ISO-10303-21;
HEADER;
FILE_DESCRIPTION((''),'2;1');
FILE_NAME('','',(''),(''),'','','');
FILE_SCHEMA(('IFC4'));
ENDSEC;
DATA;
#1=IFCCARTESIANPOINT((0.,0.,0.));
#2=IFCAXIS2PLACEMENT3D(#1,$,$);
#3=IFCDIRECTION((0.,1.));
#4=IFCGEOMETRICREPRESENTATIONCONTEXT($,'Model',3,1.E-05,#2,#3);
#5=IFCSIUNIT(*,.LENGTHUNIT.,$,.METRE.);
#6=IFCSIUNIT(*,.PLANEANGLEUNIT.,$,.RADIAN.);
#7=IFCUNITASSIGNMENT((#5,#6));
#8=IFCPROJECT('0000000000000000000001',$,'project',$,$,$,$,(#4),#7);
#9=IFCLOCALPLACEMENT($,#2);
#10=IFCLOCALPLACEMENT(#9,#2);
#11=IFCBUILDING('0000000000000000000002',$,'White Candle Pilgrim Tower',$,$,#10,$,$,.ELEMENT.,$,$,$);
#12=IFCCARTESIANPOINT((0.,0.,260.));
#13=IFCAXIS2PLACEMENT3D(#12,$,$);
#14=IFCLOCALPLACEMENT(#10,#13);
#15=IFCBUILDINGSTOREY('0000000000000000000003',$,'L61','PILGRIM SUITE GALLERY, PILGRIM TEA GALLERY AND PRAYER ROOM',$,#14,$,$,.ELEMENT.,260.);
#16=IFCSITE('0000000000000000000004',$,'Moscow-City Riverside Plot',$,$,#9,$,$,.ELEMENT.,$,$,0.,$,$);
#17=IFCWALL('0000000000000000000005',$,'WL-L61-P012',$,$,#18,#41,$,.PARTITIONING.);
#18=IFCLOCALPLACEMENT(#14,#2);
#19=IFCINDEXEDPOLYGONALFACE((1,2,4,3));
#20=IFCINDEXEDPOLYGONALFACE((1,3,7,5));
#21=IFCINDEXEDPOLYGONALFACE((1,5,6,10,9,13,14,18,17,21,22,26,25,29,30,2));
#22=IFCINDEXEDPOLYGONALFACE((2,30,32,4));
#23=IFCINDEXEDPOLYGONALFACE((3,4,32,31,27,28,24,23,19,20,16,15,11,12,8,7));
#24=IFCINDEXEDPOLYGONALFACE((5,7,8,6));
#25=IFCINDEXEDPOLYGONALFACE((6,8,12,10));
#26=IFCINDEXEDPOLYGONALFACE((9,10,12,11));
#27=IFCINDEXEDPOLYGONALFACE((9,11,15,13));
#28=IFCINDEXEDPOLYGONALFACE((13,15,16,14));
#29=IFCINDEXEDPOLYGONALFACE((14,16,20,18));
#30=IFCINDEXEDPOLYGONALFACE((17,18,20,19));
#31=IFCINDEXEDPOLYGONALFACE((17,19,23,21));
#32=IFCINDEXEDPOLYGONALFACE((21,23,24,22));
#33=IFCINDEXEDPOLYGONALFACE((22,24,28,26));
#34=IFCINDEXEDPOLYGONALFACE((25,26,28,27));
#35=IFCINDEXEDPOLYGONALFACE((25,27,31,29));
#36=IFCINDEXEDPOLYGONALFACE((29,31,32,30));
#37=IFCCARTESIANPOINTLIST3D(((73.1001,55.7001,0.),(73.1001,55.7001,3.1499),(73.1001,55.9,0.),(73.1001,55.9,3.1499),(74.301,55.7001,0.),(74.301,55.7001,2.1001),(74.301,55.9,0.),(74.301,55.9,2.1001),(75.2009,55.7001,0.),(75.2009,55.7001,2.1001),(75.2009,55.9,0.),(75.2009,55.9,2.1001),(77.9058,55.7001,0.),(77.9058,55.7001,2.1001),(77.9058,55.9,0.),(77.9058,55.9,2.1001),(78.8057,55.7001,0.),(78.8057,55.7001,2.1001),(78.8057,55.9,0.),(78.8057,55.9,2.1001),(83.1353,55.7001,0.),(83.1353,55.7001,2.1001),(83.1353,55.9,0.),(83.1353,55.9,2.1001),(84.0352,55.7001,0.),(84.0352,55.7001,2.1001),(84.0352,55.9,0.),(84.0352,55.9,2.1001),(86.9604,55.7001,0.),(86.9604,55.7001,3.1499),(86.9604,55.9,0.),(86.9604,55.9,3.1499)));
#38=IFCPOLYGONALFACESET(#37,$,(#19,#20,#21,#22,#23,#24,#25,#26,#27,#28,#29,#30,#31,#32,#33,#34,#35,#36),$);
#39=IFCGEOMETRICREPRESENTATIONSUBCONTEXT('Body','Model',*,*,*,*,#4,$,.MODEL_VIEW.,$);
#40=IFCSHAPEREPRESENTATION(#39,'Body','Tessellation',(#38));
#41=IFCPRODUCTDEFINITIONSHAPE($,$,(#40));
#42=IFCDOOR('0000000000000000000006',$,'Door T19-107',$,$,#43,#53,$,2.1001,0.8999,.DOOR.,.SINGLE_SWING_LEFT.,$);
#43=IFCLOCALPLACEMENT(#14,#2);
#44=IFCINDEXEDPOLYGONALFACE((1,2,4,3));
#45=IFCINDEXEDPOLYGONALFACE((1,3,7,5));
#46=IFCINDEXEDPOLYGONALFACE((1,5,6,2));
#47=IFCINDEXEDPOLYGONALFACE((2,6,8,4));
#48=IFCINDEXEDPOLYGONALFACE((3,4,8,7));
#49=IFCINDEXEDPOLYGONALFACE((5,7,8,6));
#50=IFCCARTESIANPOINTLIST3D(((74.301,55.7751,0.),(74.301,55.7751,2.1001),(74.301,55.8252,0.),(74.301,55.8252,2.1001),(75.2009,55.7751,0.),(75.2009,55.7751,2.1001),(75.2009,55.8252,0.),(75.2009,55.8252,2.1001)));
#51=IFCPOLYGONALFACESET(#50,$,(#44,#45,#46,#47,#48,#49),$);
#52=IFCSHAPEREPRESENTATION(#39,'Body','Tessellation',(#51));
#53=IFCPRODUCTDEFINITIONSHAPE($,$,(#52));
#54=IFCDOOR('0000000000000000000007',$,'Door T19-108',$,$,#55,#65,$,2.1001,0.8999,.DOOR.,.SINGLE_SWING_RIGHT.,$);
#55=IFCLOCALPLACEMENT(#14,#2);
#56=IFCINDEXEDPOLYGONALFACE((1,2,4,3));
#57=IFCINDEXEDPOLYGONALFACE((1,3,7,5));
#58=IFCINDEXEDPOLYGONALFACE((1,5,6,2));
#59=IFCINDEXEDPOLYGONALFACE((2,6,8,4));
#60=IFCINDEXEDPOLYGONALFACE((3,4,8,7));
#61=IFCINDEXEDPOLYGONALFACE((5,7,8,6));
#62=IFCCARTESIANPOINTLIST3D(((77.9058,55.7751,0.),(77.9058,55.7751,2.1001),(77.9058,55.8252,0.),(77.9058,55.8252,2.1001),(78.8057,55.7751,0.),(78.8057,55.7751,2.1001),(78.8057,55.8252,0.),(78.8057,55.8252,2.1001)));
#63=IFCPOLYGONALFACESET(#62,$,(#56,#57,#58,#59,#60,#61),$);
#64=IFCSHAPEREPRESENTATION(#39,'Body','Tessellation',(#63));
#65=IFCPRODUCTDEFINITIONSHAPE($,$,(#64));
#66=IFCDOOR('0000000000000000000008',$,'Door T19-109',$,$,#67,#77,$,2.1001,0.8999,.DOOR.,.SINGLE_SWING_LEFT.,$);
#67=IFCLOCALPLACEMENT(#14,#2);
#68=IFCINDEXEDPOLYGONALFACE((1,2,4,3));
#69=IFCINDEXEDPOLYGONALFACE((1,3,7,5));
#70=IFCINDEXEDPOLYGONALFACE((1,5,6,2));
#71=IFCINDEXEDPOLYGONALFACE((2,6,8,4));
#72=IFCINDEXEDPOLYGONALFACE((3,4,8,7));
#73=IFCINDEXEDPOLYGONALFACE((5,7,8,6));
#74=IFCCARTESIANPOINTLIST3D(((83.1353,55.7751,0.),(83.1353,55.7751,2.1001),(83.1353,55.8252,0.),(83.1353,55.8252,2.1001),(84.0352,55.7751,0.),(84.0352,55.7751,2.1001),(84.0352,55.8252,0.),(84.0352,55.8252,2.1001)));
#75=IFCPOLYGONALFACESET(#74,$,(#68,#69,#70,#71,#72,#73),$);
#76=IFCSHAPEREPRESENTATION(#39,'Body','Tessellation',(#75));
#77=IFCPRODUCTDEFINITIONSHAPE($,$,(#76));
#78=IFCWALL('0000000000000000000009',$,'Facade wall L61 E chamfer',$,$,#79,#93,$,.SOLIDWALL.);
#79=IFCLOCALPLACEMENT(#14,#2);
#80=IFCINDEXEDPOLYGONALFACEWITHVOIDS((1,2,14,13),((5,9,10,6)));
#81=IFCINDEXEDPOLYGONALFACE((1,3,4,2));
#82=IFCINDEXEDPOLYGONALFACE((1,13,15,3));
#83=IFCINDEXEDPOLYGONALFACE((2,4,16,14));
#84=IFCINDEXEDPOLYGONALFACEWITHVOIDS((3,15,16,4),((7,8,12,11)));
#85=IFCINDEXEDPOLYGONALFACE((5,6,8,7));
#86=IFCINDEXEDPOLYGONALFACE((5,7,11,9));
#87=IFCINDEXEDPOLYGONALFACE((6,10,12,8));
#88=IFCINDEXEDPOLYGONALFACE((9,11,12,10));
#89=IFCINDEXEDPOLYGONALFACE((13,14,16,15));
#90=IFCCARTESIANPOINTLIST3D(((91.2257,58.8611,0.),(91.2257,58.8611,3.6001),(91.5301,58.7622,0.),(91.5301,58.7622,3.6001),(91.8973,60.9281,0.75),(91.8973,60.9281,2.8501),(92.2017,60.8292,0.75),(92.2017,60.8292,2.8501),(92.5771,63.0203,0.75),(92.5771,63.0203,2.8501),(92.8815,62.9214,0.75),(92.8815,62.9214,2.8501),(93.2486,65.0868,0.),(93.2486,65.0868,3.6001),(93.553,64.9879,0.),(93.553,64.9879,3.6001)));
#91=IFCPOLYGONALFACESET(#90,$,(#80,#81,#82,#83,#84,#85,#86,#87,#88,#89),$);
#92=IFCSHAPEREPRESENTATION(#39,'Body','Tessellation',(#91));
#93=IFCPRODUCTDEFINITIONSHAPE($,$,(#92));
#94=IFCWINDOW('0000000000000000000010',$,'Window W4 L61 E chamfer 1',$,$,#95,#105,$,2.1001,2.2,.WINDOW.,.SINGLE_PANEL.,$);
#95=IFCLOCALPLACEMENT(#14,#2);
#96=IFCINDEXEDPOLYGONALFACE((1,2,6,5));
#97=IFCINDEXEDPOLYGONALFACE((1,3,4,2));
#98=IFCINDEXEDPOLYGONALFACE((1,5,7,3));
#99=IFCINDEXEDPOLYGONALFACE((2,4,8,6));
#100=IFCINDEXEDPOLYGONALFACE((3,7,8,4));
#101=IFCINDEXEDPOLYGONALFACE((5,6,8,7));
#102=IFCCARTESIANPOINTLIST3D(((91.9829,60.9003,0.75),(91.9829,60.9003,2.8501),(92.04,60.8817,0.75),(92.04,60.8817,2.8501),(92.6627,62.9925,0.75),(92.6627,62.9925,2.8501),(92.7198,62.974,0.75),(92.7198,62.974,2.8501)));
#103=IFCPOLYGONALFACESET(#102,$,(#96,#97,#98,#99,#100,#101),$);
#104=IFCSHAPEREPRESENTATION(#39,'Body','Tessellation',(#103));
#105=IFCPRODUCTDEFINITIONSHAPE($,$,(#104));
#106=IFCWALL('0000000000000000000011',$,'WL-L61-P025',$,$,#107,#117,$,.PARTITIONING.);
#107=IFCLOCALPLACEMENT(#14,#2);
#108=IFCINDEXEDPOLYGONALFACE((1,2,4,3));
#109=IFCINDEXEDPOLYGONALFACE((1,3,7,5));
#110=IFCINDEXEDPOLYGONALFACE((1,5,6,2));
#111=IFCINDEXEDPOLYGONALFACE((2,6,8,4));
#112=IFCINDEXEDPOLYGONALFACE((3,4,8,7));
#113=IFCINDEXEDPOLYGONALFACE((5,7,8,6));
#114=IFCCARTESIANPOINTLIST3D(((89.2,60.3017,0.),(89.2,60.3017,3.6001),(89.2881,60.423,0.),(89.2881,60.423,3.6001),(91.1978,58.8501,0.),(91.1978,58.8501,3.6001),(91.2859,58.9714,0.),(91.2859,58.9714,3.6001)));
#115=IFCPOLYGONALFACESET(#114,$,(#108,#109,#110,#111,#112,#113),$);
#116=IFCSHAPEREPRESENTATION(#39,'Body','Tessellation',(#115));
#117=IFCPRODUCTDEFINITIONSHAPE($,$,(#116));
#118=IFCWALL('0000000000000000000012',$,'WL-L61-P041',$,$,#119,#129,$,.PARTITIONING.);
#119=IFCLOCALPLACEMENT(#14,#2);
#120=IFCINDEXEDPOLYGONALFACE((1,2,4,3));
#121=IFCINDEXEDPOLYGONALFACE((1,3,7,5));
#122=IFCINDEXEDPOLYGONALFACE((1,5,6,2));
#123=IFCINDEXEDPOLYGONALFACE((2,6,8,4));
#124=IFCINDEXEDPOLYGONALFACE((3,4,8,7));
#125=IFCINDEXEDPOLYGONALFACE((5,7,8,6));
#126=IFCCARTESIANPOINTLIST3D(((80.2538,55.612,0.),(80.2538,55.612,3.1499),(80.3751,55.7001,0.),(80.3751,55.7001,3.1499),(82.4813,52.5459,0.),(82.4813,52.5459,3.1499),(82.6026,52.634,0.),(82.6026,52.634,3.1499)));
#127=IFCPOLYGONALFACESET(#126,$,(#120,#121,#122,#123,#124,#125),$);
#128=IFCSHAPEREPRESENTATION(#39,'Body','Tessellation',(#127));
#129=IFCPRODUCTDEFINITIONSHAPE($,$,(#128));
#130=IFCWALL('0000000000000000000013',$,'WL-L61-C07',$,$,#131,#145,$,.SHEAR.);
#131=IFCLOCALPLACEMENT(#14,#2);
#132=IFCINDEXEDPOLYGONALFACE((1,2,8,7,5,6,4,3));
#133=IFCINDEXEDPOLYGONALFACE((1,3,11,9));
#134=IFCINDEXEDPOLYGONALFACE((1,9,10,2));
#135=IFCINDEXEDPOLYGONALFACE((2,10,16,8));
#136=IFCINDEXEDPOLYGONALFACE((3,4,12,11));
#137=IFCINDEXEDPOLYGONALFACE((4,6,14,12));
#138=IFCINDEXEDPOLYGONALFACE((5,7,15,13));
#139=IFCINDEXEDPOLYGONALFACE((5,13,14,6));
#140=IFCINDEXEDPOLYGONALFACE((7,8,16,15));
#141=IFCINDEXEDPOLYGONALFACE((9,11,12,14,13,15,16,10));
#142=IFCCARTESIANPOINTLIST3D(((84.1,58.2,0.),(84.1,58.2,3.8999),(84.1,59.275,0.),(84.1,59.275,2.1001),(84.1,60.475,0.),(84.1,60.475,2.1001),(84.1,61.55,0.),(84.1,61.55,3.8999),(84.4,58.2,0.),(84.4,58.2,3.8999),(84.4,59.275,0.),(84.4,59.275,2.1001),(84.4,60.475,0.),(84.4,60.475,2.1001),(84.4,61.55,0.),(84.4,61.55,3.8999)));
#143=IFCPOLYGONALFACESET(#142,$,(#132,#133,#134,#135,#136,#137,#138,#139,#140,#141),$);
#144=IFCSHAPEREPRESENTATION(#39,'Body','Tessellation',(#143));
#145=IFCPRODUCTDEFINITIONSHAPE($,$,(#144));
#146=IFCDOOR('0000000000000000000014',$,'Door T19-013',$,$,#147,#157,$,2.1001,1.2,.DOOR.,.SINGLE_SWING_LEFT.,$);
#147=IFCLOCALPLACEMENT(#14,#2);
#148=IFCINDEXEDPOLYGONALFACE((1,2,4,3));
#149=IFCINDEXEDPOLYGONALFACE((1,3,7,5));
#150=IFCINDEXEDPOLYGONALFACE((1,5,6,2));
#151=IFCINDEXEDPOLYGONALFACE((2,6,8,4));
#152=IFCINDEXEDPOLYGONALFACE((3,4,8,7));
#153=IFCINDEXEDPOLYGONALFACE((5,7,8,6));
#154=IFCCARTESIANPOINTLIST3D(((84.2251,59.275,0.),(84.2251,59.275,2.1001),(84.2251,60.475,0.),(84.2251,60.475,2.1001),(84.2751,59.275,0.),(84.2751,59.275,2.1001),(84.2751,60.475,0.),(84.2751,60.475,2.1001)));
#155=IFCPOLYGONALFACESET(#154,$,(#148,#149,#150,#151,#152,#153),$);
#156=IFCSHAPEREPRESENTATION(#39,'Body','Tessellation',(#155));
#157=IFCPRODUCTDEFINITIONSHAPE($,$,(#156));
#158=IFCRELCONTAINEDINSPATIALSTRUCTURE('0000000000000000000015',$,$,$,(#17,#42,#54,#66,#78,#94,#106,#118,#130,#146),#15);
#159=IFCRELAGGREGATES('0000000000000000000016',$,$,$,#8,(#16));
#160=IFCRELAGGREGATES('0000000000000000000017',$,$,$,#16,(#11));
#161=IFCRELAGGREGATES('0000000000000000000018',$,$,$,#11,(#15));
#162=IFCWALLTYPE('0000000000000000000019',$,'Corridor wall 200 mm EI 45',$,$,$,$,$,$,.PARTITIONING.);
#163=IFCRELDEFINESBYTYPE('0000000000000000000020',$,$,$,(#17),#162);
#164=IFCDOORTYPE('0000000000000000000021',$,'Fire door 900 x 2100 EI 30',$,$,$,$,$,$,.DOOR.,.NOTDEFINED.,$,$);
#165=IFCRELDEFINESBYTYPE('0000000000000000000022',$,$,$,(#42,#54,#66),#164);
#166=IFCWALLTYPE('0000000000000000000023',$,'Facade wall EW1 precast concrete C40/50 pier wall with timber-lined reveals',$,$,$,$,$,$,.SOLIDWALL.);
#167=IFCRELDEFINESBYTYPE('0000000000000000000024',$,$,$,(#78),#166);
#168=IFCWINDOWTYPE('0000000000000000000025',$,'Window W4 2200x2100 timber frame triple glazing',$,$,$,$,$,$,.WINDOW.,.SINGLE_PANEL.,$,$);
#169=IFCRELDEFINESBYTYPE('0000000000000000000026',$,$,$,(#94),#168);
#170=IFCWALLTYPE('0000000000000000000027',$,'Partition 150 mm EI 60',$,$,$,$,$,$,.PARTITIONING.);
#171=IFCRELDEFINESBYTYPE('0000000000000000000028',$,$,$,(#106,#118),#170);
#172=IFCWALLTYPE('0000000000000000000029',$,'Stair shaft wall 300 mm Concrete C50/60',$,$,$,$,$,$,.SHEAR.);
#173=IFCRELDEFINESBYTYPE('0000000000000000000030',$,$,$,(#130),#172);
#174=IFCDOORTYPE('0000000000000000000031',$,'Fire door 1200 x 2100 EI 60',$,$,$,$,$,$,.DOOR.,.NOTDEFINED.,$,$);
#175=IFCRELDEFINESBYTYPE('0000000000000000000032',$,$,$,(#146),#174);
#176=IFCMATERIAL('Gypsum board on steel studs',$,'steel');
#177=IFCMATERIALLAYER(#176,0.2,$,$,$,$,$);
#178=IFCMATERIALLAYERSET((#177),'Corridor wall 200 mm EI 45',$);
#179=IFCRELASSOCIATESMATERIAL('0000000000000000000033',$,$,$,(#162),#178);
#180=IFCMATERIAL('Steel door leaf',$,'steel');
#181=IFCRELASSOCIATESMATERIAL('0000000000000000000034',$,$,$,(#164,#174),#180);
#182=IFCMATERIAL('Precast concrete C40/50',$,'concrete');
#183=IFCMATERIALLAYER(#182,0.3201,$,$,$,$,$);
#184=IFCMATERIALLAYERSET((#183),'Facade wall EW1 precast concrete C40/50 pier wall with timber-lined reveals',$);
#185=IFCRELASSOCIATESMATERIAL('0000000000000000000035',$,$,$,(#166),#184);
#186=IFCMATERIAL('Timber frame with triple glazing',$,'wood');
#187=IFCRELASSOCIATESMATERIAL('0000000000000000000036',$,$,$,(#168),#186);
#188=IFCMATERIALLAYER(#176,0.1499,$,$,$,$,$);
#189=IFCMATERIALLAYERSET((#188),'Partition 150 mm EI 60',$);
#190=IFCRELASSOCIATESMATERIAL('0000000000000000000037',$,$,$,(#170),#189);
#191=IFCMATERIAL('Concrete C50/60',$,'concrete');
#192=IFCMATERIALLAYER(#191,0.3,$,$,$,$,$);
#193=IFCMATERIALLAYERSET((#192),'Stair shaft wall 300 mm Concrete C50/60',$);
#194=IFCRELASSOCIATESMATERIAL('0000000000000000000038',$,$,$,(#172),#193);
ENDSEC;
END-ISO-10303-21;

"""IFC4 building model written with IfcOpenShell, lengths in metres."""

from ifc_helpers import new_model, si_unit, direction, frame, frame_2d, origin, place, context, subcontext, project, spatial, rectangle, extrude, material, layer, layer_set, type_object, element, fill, save


model = new_model("IFC4")

# Units and contexts
model_context = context("Model", 3, precision=1e-05, world=origin(), true_north=direction((0.0, 1.0)))
body_context = subcontext(model_context, "Body", "Model", "MODEL_VIEW")
ifc_project = project(units=[si_unit("LENGTHUNIT", "METRE"), si_unit("PLANEANGLEUNIT", "RADIAN")], contexts=[model_context])

# Site, building, storey
site_placement = place(None, origin())
site = spatial("IfcSite", under=ifc_project, at=site_placement, Name="Moscow-City Riverside Plot", CompositionType="ELEMENT", RefElevation=0.0)
building_placement = place(site_placement, origin())
building = spatial("IfcBuilding", under=site, at=building_placement, Name="White Candle Pilgrim Tower", CompositionType="ELEMENT")
storey_placement = place(building_placement, frame((0.0, 0.0, 260.0)))
storey = spatial("IfcBuildingStorey", under=building, at=storey_placement, Name="L61", Description="PILGRIM SUITE GALLERY, PILGRIM TEA GALLERY AND PRAYER ROOM", CompositionType="ELEMENT", Elevation=260.0)

# Shared definitions
ifc_material_1 = material(Name="Concrete C50/60", Category="concrete")

# Wall, openings, doors
ifc_material_2 = material(Name="Gypsum board on steel studs", Category="steel")
ifc_layer_1 = layer(ifc_material_2, 0.2)
ifc_layer_set_1 = layer_set([ifc_layer_1], Name="Corridor wall 200 mm EI 45")
wall_type_1 = type_object("IfcWallType", Name="Corridor wall 200 mm EI 45", PredefinedType="PARTITIONING", material=ifc_layer_set_1)
wall_1_placement = place(storey_placement, frame((86.9604, 55.8, 0.0), z_axis=(0.0, 0.0, 1.0), x_axis=(-1.0, 0.0, 0.0)))
wall_1 = element("IfcWall", 1, at=wall_1_placement, inside=storey, type_object=wall_type_1, Name="WL-L61-P012", PredefinedType="PARTITIONING", context=body_context, shape_type="SweptSolid", body=[
    extrude(rectangle(XDim=13.8604, YDim=0.2, at=frame_2d((6.9302, 0.0))), origin(), (0.0, 0.0, 1.0), 3.1499),
])
opening_1_placement = place(wall_1_placement, frame((11.7595, 0.0, 0.0)))
opening_1 = element("IfcOpeningElement", 2, at=opening_1_placement, cuts=wall_1, PredefinedType="OPENING", context=body_context, shape_type="SweptSolid", body=[
    extrude(rectangle(XDim=0.8999, YDim=2.1001, at=frame_2d((0.45, 1.05))), frame((0.0, 0.1099, 0.0), z_axis=(0.0, -1.0, 0.0), x_axis=(1.0, 0.0, 0.0)), (0.0, 0.0, 1.0), 0.22),
])
opening_2_placement = place(wall_1_placement, frame((8.1548, 0.0, 0.0)))
opening_2 = element("IfcOpeningElement", 3, at=opening_2_placement, cuts=wall_1, PredefinedType="OPENING", context=body_context, shape_type="SweptSolid", body=[
    extrude(rectangle(XDim=0.8999, YDim=2.1001, at=frame_2d((0.45, 1.05))), frame((0.0, 0.1099, 0.0), z_axis=(0.0, -1.0, 0.0), x_axis=(1.0, 0.0, 0.0)), (0.0, 0.0, 1.0), 0.22),
])
opening_3_placement = place(wall_1_placement, frame((2.9253, 0.0, 0.0)))
opening_3 = element("IfcOpeningElement", 4, at=opening_3_placement, cuts=wall_1, PredefinedType="OPENING", context=body_context, shape_type="SweptSolid", body=[
    extrude(rectangle(XDim=0.8999, YDim=2.1001, at=frame_2d((0.45, 1.05))), frame((0.0, 0.1099, 0.0), z_axis=(0.0, -1.0, 0.0), x_axis=(1.0, 0.0, 0.0)), (0.0, 0.0, 1.0), 0.22),
])
ifc_material_3 = material(Name="Steel door leaf", Category="steel")
door_type_1 = type_object("IfcDoorType", Name="Fire door 900 x 2100 EI 30", OperationType="NOTDEFINED", PredefinedType="DOOR", material=ifc_material_3)
door_1_placement = place(opening_1_placement, origin())
door_1 = element("IfcDoor", 5, at=door_1_placement, inside=storey, type_object=door_type_1, Name="Door T19-107", OperationType="SINGLE_SWING_LEFT", OverallHeight=2.1001, OverallWidth=0.8999, PredefinedType="DOOR", context=body_context, shape_type="SweptSolid", body=[
    extrude(rectangle(XDim=0.8999, YDim=2.1001, at=frame_2d((0.45, 1.05))), frame((0.0, 0.0249, 0.0), z_axis=(0.0, -1.0, 0.0), x_axis=(1.0, 0.0, 0.0)), (0.0, 0.0, 1.0), 0.05),
])
fill(opening_1, door_1)
door_2_placement = place(opening_2_placement, origin())
door_2 = element("IfcDoor", 6, at=door_2_placement, inside=storey, type_object=door_type_1, Name="Door T19-108", OperationType="SINGLE_SWING_RIGHT", OverallHeight=2.1001, OverallWidth=0.8999, PredefinedType="DOOR", context=body_context, shape_type="SweptSolid", body=[
    extrude(rectangle(XDim=0.8999, YDim=2.1001, at=frame_2d((0.45, 1.05))), frame((0.0, 0.0249, 0.0), z_axis=(0.0, -1.0, 0.0), x_axis=(1.0, 0.0, 0.0)), (0.0, 0.0, 1.0), 0.05),
])
fill(opening_2, door_2)
door_3_placement = place(opening_3_placement, origin())
door_3 = element("IfcDoor", 7, at=door_3_placement, inside=storey, type_object=door_type_1, Name="Door T19-109", OperationType="SINGLE_SWING_LEFT", OverallHeight=2.1001, OverallWidth=0.8999, PredefinedType="DOOR", context=body_context, shape_type="SweptSolid", body=[
    extrude(rectangle(XDim=0.8999, YDim=2.1001, at=frame_2d((0.45, 1.05))), frame((0.0, 0.0249, 0.0), z_axis=(0.0, -1.0, 0.0), x_axis=(1.0, 0.0, 0.0)), (0.0, 0.0, 1.0), 0.05),
])
fill(opening_3, door_3)

# Wall, opening, window
ifc_material_4 = material(Name="Precast concrete C40/50", Category="concrete")
ifc_layer_2 = layer(ifc_material_4, 0.3201)
ifc_layer_set_2 = layer_set([ifc_layer_2], Name="Facade wall EW1 precast concrete C40/50 pier wall with timber-lined reveals")
wall_type_2 = type_object("IfcWallType", Name="Facade wall EW1 precast concrete C40/50 pier wall with timber-lined reveals", PredefinedType="SOLIDWALL", material=ifc_layer_set_2)
wall_2_placement = place(storey_placement, frame((91.3779, 58.8118, 0.0), z_axis=(0.0, 0.0, 1.0), x_axis=(0.309025, 0.951054, 0.0)))
wall_2 = element("IfcWall", 8, at=wall_2_placement, inside=storey, type_object=wall_type_2, Name="Facade wall L61 E chamfer", PredefinedType="SOLIDWALL", context=body_context, shape_type="SweptSolid", body=[
    extrude(rectangle(XDim=6.5461, YDim=0.3201, at=frame_2d((3.2729, 0.0))), origin(), (0.0, 0.0, 1.0), 3.6001),
])
opening_4_placement = place(wall_2_placement, frame((2.1731, 0.0, 0.75)))
opening_4 = element("IfcOpeningElement", 9, at=opening_4_placement, cuts=wall_2, PredefinedType="OPENING", context=body_context, shape_type="SweptSolid", body=[
    extrude(rectangle(XDim=2.2, YDim=2.1001, at=frame_2d((1.1001, 1.05))), frame((0.0, 0.1699, 0.0), z_axis=(0.0, -1.0, 0.0), x_axis=(1.0, 0.0, 0.0)), (0.0, 0.0, 1.0), 0.3401),
])
ifc_material_5 = material(Name="Timber frame with triple glazing", Category="wood")
window_type = type_object("IfcWindowType", Name="Window W4 2200x2100 timber frame triple glazing", PartitioningType="SINGLE_PANEL", PredefinedType="WINDOW", material=ifc_material_5)
window_placement = place(opening_4_placement, origin())
window = element("IfcWindow", 10, at=window_placement, inside=storey, type_object=window_type, Name="Window W4 L61 E chamfer 1", OverallHeight=2.1001, OverallWidth=2.2, PartitioningType="SINGLE_PANEL", PredefinedType="WINDOW", context=body_context, shape_type="SweptSolid", body=[
    extrude(rectangle(XDim=2.2, YDim=2.1001, at=frame_2d((1.1001, 1.05))), frame((0.0, 0.0701, 0.0), z_axis=(0.0, -1.0, 0.0), x_axis=(1.0, 0.0, 0.0)), (0.0, 0.0, 1.0), 0.0601),
])
fill(opening_4, window)

# Walls
ifc_layer_3 = layer(ifc_material_2, 0.1499)
ifc_layer_set_3 = layer_set([ifc_layer_3], Name="Partition 150 mm EI 60")
wall_type_3 = type_object("IfcWallType", Name="Partition 150 mm EI 60", PredefinedType="PARTITIONING", material=ifc_layer_set_3)
wall_3_placement = place(storey_placement, frame((91.2419, 58.9106, 0.0), z_axis=(0.0, 0.0, 1.0), x_axis=(-0.808984, 0.587831, 0.0)))
element("IfcWall", 11, at=wall_3_placement, inside=storey, type_object=wall_type_3, Name="WL-L61-P025", PredefinedType="PARTITIONING", context=body_context, shape_type="SweptSolid", body=[
    extrude(rectangle(XDim=2.4695, YDim=0.1499, at=frame_2d((1.2349, 0.0))), origin(), (0.0, 0.0, 1.0), 3.6001),
])
wall_4_placement = place(storey_placement, frame((82.542, 52.5898, 0.0), z_axis=(0.0, 0.0, 1.0), x_axis=(-0.587758, 0.809037, 0.0)))
element("IfcWall", 12, at=wall_4_placement, inside=storey, type_object=wall_type_3, Name="WL-L61-P041", PredefinedType="PARTITIONING", context=body_context, shape_type="SweptSolid", body=[
    extrude(rectangle(XDim=3.7898, YDim=0.1499, at=frame_2d((1.895, 0.0))), origin(), (0.0, 0.0, 1.0), 3.1499),
])

# Wall, opening, door
ifc_layer_4 = layer(ifc_material_1, 0.3)
ifc_layer_set_4 = layer_set([ifc_layer_4], Name="Stair shaft wall 300 mm Concrete C50/60")
wall_type_4 = type_object("IfcWallType", Name="Stair shaft wall 300 mm Concrete C50/60", PredefinedType="SHEAR", material=ifc_layer_set_4)
wall_5_placement = place(storey_placement, frame((84.25, 58.2, 0.0), z_axis=(0.0, 0.0, 1.0), x_axis=(0.0, 1.0, 0.0)))
wall_5 = element("IfcWall", 13, at=wall_5_placement, inside=storey, type_object=wall_type_4, Name="WL-L61-C07", PredefinedType="SHEAR", context=body_context, shape_type="SweptSolid", body=[
    extrude(rectangle(XDim=3.3501, YDim=0.3, at=frame_2d((1.675, 0.0))), origin(), (0.0, 0.0, 1.0), 3.8999),
])
opening_5_placement = place(wall_5_placement, frame((1.075, 0.0, 0.0)))
opening_5 = element("IfcOpeningElement", 14, at=opening_5_placement, cuts=wall_5, PredefinedType="OPENING", context=body_context, shape_type="SweptSolid", body=[
    extrude(rectangle(XDim=1.2, YDim=2.1001, at=frame_2d((0.6001, 1.05))), frame((0.0, 0.1599, 0.0), z_axis=(0.0, -1.0, 0.0), x_axis=(1.0, 0.0, 0.0)), (0.0, 0.0, 1.0), 0.3201),
])
door_type_2 = type_object("IfcDoorType", Name="Fire door 1200 x 2100 EI 60", OperationType="NOTDEFINED", PredefinedType="DOOR", material=ifc_material_3)
door_4_placement = place(opening_5_placement, origin())
door_4 = element("IfcDoor", 15, at=door_4_placement, inside=storey, type_object=door_type_2, Name="Door T19-013", OperationType="SINGLE_SWING_LEFT", OverallHeight=2.1001, OverallWidth=1.2, PredefinedType="DOOR", context=body_context, shape_type="SweptSolid", body=[
    extrude(rectangle(XDim=1.2, YDim=2.1001, at=frame_2d((0.6001, 1.05))), frame((0.0, 0.0249, 0.0), z_axis=(0.0, -1.0, 0.0), x_axis=(1.0, 0.0, 0.0)), (0.0, 0.0, 1.0), 0.05),
])
fill(opening_5, door_4)

save(model, "model.ifc")
